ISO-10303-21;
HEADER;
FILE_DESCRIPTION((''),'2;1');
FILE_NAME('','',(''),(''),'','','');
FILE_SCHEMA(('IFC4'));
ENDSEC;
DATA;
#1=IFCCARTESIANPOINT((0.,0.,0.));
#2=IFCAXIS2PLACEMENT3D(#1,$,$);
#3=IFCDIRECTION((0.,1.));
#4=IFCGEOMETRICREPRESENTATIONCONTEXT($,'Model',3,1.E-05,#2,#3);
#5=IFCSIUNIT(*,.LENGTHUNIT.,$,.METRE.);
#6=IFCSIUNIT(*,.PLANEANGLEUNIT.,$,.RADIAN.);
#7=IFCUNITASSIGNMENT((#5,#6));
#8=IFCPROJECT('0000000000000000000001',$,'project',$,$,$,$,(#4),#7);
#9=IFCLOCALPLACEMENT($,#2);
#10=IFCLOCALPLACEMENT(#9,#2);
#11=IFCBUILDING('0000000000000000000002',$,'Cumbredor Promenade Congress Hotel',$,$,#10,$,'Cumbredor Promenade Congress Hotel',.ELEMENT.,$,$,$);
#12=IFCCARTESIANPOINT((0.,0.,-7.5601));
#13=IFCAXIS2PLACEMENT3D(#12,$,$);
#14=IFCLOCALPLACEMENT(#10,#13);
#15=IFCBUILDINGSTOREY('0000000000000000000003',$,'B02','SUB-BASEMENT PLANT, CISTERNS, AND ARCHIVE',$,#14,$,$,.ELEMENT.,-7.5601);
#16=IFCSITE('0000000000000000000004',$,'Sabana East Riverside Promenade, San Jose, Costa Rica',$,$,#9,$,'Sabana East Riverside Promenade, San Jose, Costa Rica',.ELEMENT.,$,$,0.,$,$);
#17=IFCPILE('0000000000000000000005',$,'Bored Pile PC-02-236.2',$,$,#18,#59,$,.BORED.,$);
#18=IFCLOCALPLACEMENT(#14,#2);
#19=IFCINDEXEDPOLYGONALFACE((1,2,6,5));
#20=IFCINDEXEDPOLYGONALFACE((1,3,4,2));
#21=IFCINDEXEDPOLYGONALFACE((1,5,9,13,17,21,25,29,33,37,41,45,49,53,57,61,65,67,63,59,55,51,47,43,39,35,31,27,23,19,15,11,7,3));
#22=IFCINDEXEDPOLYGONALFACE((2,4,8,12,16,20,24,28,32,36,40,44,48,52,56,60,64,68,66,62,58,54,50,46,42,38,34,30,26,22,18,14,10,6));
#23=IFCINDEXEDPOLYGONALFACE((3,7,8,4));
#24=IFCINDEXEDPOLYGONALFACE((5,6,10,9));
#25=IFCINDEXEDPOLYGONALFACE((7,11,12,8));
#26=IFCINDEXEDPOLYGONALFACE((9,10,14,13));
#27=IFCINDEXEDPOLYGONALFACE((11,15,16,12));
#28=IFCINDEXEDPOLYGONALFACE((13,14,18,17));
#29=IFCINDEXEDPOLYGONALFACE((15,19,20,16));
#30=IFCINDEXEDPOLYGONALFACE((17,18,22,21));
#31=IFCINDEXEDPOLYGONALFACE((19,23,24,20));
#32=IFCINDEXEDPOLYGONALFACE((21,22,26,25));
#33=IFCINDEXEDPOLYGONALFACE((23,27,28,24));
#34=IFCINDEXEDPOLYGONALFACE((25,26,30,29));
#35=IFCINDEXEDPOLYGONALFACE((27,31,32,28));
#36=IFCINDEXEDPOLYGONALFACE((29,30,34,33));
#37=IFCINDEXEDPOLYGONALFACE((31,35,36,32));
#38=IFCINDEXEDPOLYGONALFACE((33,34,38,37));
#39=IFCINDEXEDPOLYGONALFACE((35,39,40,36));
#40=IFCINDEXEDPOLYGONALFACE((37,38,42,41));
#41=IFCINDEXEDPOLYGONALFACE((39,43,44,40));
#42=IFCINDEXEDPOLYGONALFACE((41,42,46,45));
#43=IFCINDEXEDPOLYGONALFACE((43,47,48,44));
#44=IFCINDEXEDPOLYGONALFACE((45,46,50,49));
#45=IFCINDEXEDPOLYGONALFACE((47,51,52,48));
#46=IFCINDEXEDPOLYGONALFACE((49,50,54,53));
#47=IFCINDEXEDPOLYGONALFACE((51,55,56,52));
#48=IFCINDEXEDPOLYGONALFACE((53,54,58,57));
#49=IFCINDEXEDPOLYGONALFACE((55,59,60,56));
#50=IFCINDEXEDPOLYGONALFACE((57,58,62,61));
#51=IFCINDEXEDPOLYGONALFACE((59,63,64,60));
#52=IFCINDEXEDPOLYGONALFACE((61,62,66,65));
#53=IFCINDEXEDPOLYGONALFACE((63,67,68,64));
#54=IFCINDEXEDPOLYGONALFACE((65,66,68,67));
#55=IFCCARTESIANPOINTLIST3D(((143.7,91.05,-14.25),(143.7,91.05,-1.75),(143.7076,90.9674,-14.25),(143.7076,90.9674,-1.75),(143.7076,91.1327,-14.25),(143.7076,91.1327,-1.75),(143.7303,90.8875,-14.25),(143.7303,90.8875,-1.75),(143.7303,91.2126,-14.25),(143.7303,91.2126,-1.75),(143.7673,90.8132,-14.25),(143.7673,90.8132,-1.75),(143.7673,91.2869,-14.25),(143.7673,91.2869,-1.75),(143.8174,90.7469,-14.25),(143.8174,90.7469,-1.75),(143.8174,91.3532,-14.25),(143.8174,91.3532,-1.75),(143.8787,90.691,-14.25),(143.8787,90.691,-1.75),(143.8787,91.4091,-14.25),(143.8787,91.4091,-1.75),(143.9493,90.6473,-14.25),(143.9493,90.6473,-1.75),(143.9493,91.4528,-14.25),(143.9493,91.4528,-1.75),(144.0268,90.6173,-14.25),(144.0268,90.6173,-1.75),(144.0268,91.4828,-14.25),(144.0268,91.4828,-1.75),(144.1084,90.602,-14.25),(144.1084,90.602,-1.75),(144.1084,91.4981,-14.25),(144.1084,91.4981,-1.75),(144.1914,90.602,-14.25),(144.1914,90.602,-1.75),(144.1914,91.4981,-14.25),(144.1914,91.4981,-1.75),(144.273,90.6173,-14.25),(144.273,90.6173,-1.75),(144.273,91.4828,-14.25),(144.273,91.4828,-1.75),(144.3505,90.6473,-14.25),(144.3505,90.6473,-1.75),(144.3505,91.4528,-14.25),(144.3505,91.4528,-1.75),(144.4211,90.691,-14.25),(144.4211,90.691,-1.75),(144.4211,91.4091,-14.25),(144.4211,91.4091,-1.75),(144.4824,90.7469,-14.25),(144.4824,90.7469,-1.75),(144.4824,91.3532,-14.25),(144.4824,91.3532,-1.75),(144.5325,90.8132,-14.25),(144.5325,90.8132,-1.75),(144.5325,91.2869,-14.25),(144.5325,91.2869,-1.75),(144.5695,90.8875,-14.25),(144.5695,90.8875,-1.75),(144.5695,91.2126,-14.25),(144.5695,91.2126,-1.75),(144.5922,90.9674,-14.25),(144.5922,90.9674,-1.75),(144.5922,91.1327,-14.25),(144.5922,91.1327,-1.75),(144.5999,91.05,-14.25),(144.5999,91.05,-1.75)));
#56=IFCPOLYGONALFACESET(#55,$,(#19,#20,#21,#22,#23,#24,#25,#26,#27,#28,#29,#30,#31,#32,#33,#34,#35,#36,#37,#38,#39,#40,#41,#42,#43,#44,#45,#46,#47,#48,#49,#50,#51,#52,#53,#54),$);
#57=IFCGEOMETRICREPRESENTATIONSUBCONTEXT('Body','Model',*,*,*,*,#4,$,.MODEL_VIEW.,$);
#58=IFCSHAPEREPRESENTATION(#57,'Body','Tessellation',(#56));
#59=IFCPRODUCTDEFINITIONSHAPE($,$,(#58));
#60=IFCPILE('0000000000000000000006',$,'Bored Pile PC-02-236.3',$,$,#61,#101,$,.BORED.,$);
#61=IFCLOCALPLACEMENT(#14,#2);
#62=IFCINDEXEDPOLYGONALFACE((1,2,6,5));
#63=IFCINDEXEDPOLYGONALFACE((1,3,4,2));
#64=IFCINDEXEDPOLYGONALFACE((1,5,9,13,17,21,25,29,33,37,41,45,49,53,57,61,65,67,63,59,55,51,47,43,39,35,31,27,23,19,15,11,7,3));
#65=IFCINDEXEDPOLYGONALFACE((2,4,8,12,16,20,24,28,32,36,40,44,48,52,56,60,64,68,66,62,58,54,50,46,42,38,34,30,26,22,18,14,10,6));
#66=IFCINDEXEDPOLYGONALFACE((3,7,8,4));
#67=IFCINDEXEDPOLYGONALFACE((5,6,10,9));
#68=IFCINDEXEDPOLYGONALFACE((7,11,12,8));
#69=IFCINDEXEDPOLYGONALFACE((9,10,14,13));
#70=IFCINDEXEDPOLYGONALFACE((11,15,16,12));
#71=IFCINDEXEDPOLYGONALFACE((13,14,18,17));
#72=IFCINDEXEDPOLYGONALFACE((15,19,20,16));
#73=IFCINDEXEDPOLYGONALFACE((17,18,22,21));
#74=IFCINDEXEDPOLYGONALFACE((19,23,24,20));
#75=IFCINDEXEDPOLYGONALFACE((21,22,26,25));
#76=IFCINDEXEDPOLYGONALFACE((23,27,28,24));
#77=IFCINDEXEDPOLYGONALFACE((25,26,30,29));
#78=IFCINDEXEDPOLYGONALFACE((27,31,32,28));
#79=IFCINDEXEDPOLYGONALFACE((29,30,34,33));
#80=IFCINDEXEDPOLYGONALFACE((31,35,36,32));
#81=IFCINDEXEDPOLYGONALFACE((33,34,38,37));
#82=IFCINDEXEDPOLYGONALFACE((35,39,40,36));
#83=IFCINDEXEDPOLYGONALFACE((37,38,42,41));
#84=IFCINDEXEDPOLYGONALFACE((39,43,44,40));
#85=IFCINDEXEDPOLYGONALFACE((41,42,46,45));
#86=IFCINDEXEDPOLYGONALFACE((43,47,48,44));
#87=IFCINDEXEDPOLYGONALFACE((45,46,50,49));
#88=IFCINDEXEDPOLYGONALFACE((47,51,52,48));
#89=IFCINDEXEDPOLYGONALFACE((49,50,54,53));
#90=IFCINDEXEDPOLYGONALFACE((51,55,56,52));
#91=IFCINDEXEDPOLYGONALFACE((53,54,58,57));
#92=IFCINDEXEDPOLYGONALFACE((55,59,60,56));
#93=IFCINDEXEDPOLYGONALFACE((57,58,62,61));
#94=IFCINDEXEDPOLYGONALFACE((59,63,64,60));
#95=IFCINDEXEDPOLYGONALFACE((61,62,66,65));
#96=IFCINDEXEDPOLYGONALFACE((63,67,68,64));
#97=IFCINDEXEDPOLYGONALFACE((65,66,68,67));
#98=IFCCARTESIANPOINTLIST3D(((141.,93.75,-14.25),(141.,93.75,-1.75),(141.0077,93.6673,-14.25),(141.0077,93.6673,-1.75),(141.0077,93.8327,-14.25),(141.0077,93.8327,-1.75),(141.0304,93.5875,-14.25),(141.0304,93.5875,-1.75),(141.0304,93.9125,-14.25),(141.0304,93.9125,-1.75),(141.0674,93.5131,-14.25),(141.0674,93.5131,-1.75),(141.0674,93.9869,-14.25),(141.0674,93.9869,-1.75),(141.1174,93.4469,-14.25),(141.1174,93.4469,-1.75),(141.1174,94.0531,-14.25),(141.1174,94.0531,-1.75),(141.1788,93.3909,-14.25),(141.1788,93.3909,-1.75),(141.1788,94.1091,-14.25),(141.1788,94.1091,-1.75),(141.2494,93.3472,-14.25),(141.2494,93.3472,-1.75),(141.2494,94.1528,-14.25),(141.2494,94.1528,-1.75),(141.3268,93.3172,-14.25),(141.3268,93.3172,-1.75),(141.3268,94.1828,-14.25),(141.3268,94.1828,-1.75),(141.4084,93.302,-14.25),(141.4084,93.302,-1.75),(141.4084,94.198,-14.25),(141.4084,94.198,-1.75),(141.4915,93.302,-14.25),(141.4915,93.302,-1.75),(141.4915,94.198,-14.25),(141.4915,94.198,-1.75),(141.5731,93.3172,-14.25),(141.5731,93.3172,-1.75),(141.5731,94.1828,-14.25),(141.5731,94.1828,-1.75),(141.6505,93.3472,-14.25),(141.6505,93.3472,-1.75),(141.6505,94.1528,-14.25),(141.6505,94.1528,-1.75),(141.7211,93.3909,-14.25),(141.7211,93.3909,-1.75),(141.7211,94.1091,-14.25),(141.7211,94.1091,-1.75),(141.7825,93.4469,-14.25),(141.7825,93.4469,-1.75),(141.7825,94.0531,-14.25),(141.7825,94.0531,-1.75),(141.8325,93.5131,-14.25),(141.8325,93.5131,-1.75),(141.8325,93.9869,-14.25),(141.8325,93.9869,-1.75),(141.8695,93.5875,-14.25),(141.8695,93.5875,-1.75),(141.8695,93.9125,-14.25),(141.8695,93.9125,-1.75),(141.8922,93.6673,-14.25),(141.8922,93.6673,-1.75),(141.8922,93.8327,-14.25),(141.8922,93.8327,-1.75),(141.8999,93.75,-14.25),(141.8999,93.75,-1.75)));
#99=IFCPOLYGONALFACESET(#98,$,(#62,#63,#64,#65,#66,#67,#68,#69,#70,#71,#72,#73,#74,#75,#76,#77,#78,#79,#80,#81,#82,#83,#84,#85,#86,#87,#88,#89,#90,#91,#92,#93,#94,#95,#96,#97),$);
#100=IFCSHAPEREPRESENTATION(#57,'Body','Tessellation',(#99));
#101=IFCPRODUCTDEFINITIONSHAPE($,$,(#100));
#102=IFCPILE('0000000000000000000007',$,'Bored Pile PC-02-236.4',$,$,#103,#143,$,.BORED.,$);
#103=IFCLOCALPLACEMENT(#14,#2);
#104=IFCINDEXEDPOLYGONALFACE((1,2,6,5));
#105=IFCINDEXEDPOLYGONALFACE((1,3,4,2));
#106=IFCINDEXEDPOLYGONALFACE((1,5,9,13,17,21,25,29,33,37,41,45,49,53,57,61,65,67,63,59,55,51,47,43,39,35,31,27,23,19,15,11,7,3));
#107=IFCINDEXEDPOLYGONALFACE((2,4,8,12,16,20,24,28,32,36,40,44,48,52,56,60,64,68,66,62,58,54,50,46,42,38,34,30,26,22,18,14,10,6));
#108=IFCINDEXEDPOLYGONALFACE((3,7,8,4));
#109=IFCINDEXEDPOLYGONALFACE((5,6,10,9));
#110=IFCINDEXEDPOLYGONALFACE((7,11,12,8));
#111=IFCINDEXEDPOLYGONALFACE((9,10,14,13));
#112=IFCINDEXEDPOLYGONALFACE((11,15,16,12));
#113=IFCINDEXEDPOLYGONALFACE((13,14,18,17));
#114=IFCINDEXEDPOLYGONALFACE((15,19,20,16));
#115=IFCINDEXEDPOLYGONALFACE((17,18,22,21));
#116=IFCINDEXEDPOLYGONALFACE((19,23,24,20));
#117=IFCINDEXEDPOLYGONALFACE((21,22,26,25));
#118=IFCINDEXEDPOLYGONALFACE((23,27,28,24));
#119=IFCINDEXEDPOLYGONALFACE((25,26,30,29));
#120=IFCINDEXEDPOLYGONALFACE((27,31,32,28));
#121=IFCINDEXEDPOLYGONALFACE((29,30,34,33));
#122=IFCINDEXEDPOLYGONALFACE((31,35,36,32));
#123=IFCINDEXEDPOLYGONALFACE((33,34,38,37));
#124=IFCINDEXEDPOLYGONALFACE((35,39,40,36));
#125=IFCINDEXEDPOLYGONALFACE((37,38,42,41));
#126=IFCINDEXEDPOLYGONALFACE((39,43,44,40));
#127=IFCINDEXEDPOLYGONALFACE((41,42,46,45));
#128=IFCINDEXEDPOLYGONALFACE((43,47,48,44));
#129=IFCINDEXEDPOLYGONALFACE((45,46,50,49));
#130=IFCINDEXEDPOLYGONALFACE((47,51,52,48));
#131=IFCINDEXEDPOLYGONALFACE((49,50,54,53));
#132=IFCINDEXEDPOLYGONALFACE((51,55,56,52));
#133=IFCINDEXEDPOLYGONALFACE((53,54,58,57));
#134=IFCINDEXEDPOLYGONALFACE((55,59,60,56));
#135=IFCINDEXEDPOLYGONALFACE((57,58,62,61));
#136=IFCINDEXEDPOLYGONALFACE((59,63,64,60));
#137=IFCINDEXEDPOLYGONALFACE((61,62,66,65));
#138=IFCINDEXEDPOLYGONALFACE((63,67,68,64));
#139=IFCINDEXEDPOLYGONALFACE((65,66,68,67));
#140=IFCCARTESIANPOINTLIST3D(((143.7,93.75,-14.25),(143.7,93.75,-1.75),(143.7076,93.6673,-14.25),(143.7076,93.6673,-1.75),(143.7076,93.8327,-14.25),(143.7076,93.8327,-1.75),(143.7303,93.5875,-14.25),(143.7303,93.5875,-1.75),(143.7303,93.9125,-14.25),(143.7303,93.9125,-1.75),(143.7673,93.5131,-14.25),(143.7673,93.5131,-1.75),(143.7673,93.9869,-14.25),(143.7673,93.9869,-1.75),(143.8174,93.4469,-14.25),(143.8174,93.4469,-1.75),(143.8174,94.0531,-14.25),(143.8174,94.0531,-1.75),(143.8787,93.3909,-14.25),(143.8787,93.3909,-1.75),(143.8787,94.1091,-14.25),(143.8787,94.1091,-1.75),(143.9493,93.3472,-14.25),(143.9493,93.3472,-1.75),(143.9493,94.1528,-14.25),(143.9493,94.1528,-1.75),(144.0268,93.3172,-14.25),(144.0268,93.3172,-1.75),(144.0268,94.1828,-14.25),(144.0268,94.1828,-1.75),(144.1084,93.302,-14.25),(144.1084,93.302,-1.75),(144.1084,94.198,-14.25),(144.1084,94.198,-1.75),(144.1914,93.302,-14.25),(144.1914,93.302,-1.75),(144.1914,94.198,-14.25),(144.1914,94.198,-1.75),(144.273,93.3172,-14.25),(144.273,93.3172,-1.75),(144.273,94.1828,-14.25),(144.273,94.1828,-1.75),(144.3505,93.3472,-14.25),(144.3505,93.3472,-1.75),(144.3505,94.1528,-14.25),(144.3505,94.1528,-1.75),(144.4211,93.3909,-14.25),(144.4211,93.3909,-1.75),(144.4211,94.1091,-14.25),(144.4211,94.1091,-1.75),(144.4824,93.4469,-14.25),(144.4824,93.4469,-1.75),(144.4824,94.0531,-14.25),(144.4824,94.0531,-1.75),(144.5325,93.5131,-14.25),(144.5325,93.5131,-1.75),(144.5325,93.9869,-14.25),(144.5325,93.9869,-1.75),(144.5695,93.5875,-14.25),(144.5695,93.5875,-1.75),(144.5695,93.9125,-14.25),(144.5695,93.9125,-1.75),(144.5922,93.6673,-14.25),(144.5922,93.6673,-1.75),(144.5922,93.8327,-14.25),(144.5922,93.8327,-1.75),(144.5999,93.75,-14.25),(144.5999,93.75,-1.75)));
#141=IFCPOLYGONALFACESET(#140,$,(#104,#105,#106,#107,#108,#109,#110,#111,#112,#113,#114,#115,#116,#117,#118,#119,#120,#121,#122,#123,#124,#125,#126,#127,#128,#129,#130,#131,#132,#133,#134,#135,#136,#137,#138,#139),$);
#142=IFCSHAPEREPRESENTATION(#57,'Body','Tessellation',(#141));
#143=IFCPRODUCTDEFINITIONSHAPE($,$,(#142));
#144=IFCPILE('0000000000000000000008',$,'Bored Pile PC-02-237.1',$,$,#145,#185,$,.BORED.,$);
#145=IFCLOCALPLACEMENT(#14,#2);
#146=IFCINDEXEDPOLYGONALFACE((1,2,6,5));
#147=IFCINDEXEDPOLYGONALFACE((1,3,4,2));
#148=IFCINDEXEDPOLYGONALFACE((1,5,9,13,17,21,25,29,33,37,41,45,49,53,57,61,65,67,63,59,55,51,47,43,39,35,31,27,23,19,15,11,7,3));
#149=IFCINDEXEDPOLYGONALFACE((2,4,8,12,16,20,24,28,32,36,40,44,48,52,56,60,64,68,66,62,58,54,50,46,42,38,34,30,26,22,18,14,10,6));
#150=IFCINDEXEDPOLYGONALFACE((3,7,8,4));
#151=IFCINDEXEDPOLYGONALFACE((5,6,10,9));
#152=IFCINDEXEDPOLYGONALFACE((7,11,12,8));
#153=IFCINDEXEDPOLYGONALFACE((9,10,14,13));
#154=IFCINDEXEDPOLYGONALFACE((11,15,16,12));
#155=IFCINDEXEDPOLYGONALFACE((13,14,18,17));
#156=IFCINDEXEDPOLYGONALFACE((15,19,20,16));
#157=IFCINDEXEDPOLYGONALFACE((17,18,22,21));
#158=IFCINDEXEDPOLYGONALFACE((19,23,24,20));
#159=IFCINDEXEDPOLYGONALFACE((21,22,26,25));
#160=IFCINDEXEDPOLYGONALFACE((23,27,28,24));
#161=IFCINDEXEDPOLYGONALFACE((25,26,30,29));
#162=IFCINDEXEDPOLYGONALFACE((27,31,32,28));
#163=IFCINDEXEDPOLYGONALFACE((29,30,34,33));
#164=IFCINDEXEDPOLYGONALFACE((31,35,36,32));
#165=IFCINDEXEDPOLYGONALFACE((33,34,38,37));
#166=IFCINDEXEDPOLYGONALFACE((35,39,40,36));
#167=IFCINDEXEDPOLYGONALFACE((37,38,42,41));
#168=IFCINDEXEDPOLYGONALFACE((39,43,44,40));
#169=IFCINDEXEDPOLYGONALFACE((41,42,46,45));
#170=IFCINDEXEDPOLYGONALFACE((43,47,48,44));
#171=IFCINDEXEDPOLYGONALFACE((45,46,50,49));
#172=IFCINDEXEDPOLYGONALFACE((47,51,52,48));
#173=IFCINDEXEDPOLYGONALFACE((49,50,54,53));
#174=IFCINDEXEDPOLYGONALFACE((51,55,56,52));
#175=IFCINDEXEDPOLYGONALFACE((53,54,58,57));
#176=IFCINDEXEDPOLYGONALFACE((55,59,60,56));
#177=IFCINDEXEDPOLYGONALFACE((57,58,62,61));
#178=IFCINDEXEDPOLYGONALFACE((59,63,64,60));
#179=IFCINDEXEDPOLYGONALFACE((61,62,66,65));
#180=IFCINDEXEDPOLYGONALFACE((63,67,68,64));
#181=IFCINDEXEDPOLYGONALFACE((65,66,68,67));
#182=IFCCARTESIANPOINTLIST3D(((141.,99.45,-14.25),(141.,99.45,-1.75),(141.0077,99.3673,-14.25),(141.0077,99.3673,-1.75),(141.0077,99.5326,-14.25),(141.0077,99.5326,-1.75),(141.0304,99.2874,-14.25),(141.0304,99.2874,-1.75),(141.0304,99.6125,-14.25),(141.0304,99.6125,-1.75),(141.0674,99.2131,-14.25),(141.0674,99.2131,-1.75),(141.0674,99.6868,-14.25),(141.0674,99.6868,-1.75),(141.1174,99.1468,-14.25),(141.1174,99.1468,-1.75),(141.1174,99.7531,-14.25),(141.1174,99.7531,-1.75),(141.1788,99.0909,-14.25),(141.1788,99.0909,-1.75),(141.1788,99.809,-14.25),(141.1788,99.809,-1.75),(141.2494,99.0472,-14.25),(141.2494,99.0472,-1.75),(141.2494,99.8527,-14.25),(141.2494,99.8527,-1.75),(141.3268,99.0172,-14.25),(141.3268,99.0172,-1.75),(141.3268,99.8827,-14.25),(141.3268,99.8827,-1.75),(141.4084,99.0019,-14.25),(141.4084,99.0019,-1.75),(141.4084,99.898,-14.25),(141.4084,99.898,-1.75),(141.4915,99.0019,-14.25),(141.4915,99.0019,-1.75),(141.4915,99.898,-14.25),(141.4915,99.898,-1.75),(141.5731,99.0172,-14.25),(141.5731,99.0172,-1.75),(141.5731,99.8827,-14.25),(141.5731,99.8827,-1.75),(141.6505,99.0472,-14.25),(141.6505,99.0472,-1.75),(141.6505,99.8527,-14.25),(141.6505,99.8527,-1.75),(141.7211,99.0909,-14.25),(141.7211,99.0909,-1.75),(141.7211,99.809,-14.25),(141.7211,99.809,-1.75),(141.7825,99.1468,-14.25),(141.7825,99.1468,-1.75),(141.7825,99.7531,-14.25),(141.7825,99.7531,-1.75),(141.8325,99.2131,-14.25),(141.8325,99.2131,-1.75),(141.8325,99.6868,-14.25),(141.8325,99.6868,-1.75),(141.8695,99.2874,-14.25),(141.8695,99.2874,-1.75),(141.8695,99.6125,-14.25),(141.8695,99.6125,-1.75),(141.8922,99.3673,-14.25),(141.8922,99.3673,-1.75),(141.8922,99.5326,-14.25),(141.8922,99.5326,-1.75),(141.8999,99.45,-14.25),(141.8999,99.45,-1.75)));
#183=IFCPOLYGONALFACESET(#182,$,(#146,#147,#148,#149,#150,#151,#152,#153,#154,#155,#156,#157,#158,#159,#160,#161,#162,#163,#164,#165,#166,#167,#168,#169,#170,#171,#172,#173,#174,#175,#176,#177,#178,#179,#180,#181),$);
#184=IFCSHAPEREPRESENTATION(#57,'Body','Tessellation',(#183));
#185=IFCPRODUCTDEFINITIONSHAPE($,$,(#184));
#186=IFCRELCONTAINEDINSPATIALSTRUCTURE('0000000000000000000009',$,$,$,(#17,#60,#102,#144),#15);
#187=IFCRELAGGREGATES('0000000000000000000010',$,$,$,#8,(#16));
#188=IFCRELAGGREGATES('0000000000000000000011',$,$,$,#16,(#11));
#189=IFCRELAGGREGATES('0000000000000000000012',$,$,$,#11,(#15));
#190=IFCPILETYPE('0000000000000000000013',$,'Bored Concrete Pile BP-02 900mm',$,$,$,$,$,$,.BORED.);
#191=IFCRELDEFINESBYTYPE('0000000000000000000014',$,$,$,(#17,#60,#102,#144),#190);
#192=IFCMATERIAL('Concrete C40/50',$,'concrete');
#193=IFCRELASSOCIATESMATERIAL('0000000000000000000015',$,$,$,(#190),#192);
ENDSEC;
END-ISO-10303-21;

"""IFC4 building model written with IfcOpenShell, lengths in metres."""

from ifc_helpers import new_model, si_unit, direction, frame, origin, origin_2d, place, context, subcontext, project, spatial, circle, extrude, material, material_profile, profile_set, type_object, element, save


model = new_model("IFC4")

# Units and contexts
model_context = context("Model", 3, precision=1e-05, world=origin(), true_north=direction((0.0, 1.0)))
body_context = subcontext(model_context, "Body", "Model", "MODEL_VIEW")
ifc_project = project(units=[si_unit("LENGTHUNIT", "METRE"), si_unit("PLANEANGLEUNIT", "RADIAN")], contexts=[model_context])

# Site, building, storey
site_placement = place(None, origin())
site = spatial("IfcSite", under=ifc_project, at=site_placement, Name="Sabana East Riverside Promenade, San Jose, Costa Rica", LongName="Sabana East Riverside Promenade, San Jose, Costa Rica", CompositionType="ELEMENT", RefElevation=0.0)
building_placement = place(site_placement, origin())
building = spatial("IfcBuilding", under=site, at=building_placement, Name="Cumbredor Promenade Congress Hotel", LongName="Cumbredor Promenade Congress Hotel", CompositionType="ELEMENT")
storey_placement = place(building_placement, frame((0.0, 0.0, -7.5601)))
storey = spatial("IfcBuildingStorey", under=building, at=storey_placement, Name="B02", Description="SUB-BASEMENT PLANT, CISTERNS, AND ARCHIVE", CompositionType="ELEMENT", Elevation=-7.5601)

# Piles
ifc_material_1 = material(Name="Concrete C40/50", Category="concrete")
ifc_material_profile_1 = material_profile(ifc_material_1, circle(Radius=0.45, at=origin_2d()), Name="PILE D900")
ifc_profile_set_1 = profile_set([ifc_material_profile_1], Name="Concrete C40/50")
pile_type = type_object("IfcPileType", Name="Bored Concrete Pile BP-02 900mm", PredefinedType="BORED", material=ifc_profile_set_1)
for number, where, z_axis, x_axis, name in (
    (1, (144.1499, 91.05, -1.75), (0.0, 0.0, -1.0), (1.0, 0.0, 0.0), "Bored Pile PC-02-236.2"),
    (2, (141.45, 93.75, -1.75), (0.0, 0.0, -1.0), (1.0, 0.0, 0.0), "Bored Pile PC-02-236.3"),
    (3, (144.1499, 93.75, -1.75), (0.0, 0.0, -1.0), (1.0, 0.0, 0.0), "Bored Pile PC-02-236.4"),
    (4, (141.45, 99.45, -1.75), (0.0, 0.0, -1.0), (1.0, 0.0, 0.0), "Bored Pile PC-02-237.1"),
):
    element("IfcPile", number, at=place(storey_placement, frame(where, z_axis=z_axis, x_axis=x_axis)), inside=storey, type_object=pile_type, Name=name, PredefinedType="BORED", context=body_context, shape_type="SweptSolid", body=[
        extrude(circle(Radius=0.45, at=origin_2d()), origin(), (0.0, 0.0, 1.0), 12.5),
    ])

save(model, "model.ifc")
